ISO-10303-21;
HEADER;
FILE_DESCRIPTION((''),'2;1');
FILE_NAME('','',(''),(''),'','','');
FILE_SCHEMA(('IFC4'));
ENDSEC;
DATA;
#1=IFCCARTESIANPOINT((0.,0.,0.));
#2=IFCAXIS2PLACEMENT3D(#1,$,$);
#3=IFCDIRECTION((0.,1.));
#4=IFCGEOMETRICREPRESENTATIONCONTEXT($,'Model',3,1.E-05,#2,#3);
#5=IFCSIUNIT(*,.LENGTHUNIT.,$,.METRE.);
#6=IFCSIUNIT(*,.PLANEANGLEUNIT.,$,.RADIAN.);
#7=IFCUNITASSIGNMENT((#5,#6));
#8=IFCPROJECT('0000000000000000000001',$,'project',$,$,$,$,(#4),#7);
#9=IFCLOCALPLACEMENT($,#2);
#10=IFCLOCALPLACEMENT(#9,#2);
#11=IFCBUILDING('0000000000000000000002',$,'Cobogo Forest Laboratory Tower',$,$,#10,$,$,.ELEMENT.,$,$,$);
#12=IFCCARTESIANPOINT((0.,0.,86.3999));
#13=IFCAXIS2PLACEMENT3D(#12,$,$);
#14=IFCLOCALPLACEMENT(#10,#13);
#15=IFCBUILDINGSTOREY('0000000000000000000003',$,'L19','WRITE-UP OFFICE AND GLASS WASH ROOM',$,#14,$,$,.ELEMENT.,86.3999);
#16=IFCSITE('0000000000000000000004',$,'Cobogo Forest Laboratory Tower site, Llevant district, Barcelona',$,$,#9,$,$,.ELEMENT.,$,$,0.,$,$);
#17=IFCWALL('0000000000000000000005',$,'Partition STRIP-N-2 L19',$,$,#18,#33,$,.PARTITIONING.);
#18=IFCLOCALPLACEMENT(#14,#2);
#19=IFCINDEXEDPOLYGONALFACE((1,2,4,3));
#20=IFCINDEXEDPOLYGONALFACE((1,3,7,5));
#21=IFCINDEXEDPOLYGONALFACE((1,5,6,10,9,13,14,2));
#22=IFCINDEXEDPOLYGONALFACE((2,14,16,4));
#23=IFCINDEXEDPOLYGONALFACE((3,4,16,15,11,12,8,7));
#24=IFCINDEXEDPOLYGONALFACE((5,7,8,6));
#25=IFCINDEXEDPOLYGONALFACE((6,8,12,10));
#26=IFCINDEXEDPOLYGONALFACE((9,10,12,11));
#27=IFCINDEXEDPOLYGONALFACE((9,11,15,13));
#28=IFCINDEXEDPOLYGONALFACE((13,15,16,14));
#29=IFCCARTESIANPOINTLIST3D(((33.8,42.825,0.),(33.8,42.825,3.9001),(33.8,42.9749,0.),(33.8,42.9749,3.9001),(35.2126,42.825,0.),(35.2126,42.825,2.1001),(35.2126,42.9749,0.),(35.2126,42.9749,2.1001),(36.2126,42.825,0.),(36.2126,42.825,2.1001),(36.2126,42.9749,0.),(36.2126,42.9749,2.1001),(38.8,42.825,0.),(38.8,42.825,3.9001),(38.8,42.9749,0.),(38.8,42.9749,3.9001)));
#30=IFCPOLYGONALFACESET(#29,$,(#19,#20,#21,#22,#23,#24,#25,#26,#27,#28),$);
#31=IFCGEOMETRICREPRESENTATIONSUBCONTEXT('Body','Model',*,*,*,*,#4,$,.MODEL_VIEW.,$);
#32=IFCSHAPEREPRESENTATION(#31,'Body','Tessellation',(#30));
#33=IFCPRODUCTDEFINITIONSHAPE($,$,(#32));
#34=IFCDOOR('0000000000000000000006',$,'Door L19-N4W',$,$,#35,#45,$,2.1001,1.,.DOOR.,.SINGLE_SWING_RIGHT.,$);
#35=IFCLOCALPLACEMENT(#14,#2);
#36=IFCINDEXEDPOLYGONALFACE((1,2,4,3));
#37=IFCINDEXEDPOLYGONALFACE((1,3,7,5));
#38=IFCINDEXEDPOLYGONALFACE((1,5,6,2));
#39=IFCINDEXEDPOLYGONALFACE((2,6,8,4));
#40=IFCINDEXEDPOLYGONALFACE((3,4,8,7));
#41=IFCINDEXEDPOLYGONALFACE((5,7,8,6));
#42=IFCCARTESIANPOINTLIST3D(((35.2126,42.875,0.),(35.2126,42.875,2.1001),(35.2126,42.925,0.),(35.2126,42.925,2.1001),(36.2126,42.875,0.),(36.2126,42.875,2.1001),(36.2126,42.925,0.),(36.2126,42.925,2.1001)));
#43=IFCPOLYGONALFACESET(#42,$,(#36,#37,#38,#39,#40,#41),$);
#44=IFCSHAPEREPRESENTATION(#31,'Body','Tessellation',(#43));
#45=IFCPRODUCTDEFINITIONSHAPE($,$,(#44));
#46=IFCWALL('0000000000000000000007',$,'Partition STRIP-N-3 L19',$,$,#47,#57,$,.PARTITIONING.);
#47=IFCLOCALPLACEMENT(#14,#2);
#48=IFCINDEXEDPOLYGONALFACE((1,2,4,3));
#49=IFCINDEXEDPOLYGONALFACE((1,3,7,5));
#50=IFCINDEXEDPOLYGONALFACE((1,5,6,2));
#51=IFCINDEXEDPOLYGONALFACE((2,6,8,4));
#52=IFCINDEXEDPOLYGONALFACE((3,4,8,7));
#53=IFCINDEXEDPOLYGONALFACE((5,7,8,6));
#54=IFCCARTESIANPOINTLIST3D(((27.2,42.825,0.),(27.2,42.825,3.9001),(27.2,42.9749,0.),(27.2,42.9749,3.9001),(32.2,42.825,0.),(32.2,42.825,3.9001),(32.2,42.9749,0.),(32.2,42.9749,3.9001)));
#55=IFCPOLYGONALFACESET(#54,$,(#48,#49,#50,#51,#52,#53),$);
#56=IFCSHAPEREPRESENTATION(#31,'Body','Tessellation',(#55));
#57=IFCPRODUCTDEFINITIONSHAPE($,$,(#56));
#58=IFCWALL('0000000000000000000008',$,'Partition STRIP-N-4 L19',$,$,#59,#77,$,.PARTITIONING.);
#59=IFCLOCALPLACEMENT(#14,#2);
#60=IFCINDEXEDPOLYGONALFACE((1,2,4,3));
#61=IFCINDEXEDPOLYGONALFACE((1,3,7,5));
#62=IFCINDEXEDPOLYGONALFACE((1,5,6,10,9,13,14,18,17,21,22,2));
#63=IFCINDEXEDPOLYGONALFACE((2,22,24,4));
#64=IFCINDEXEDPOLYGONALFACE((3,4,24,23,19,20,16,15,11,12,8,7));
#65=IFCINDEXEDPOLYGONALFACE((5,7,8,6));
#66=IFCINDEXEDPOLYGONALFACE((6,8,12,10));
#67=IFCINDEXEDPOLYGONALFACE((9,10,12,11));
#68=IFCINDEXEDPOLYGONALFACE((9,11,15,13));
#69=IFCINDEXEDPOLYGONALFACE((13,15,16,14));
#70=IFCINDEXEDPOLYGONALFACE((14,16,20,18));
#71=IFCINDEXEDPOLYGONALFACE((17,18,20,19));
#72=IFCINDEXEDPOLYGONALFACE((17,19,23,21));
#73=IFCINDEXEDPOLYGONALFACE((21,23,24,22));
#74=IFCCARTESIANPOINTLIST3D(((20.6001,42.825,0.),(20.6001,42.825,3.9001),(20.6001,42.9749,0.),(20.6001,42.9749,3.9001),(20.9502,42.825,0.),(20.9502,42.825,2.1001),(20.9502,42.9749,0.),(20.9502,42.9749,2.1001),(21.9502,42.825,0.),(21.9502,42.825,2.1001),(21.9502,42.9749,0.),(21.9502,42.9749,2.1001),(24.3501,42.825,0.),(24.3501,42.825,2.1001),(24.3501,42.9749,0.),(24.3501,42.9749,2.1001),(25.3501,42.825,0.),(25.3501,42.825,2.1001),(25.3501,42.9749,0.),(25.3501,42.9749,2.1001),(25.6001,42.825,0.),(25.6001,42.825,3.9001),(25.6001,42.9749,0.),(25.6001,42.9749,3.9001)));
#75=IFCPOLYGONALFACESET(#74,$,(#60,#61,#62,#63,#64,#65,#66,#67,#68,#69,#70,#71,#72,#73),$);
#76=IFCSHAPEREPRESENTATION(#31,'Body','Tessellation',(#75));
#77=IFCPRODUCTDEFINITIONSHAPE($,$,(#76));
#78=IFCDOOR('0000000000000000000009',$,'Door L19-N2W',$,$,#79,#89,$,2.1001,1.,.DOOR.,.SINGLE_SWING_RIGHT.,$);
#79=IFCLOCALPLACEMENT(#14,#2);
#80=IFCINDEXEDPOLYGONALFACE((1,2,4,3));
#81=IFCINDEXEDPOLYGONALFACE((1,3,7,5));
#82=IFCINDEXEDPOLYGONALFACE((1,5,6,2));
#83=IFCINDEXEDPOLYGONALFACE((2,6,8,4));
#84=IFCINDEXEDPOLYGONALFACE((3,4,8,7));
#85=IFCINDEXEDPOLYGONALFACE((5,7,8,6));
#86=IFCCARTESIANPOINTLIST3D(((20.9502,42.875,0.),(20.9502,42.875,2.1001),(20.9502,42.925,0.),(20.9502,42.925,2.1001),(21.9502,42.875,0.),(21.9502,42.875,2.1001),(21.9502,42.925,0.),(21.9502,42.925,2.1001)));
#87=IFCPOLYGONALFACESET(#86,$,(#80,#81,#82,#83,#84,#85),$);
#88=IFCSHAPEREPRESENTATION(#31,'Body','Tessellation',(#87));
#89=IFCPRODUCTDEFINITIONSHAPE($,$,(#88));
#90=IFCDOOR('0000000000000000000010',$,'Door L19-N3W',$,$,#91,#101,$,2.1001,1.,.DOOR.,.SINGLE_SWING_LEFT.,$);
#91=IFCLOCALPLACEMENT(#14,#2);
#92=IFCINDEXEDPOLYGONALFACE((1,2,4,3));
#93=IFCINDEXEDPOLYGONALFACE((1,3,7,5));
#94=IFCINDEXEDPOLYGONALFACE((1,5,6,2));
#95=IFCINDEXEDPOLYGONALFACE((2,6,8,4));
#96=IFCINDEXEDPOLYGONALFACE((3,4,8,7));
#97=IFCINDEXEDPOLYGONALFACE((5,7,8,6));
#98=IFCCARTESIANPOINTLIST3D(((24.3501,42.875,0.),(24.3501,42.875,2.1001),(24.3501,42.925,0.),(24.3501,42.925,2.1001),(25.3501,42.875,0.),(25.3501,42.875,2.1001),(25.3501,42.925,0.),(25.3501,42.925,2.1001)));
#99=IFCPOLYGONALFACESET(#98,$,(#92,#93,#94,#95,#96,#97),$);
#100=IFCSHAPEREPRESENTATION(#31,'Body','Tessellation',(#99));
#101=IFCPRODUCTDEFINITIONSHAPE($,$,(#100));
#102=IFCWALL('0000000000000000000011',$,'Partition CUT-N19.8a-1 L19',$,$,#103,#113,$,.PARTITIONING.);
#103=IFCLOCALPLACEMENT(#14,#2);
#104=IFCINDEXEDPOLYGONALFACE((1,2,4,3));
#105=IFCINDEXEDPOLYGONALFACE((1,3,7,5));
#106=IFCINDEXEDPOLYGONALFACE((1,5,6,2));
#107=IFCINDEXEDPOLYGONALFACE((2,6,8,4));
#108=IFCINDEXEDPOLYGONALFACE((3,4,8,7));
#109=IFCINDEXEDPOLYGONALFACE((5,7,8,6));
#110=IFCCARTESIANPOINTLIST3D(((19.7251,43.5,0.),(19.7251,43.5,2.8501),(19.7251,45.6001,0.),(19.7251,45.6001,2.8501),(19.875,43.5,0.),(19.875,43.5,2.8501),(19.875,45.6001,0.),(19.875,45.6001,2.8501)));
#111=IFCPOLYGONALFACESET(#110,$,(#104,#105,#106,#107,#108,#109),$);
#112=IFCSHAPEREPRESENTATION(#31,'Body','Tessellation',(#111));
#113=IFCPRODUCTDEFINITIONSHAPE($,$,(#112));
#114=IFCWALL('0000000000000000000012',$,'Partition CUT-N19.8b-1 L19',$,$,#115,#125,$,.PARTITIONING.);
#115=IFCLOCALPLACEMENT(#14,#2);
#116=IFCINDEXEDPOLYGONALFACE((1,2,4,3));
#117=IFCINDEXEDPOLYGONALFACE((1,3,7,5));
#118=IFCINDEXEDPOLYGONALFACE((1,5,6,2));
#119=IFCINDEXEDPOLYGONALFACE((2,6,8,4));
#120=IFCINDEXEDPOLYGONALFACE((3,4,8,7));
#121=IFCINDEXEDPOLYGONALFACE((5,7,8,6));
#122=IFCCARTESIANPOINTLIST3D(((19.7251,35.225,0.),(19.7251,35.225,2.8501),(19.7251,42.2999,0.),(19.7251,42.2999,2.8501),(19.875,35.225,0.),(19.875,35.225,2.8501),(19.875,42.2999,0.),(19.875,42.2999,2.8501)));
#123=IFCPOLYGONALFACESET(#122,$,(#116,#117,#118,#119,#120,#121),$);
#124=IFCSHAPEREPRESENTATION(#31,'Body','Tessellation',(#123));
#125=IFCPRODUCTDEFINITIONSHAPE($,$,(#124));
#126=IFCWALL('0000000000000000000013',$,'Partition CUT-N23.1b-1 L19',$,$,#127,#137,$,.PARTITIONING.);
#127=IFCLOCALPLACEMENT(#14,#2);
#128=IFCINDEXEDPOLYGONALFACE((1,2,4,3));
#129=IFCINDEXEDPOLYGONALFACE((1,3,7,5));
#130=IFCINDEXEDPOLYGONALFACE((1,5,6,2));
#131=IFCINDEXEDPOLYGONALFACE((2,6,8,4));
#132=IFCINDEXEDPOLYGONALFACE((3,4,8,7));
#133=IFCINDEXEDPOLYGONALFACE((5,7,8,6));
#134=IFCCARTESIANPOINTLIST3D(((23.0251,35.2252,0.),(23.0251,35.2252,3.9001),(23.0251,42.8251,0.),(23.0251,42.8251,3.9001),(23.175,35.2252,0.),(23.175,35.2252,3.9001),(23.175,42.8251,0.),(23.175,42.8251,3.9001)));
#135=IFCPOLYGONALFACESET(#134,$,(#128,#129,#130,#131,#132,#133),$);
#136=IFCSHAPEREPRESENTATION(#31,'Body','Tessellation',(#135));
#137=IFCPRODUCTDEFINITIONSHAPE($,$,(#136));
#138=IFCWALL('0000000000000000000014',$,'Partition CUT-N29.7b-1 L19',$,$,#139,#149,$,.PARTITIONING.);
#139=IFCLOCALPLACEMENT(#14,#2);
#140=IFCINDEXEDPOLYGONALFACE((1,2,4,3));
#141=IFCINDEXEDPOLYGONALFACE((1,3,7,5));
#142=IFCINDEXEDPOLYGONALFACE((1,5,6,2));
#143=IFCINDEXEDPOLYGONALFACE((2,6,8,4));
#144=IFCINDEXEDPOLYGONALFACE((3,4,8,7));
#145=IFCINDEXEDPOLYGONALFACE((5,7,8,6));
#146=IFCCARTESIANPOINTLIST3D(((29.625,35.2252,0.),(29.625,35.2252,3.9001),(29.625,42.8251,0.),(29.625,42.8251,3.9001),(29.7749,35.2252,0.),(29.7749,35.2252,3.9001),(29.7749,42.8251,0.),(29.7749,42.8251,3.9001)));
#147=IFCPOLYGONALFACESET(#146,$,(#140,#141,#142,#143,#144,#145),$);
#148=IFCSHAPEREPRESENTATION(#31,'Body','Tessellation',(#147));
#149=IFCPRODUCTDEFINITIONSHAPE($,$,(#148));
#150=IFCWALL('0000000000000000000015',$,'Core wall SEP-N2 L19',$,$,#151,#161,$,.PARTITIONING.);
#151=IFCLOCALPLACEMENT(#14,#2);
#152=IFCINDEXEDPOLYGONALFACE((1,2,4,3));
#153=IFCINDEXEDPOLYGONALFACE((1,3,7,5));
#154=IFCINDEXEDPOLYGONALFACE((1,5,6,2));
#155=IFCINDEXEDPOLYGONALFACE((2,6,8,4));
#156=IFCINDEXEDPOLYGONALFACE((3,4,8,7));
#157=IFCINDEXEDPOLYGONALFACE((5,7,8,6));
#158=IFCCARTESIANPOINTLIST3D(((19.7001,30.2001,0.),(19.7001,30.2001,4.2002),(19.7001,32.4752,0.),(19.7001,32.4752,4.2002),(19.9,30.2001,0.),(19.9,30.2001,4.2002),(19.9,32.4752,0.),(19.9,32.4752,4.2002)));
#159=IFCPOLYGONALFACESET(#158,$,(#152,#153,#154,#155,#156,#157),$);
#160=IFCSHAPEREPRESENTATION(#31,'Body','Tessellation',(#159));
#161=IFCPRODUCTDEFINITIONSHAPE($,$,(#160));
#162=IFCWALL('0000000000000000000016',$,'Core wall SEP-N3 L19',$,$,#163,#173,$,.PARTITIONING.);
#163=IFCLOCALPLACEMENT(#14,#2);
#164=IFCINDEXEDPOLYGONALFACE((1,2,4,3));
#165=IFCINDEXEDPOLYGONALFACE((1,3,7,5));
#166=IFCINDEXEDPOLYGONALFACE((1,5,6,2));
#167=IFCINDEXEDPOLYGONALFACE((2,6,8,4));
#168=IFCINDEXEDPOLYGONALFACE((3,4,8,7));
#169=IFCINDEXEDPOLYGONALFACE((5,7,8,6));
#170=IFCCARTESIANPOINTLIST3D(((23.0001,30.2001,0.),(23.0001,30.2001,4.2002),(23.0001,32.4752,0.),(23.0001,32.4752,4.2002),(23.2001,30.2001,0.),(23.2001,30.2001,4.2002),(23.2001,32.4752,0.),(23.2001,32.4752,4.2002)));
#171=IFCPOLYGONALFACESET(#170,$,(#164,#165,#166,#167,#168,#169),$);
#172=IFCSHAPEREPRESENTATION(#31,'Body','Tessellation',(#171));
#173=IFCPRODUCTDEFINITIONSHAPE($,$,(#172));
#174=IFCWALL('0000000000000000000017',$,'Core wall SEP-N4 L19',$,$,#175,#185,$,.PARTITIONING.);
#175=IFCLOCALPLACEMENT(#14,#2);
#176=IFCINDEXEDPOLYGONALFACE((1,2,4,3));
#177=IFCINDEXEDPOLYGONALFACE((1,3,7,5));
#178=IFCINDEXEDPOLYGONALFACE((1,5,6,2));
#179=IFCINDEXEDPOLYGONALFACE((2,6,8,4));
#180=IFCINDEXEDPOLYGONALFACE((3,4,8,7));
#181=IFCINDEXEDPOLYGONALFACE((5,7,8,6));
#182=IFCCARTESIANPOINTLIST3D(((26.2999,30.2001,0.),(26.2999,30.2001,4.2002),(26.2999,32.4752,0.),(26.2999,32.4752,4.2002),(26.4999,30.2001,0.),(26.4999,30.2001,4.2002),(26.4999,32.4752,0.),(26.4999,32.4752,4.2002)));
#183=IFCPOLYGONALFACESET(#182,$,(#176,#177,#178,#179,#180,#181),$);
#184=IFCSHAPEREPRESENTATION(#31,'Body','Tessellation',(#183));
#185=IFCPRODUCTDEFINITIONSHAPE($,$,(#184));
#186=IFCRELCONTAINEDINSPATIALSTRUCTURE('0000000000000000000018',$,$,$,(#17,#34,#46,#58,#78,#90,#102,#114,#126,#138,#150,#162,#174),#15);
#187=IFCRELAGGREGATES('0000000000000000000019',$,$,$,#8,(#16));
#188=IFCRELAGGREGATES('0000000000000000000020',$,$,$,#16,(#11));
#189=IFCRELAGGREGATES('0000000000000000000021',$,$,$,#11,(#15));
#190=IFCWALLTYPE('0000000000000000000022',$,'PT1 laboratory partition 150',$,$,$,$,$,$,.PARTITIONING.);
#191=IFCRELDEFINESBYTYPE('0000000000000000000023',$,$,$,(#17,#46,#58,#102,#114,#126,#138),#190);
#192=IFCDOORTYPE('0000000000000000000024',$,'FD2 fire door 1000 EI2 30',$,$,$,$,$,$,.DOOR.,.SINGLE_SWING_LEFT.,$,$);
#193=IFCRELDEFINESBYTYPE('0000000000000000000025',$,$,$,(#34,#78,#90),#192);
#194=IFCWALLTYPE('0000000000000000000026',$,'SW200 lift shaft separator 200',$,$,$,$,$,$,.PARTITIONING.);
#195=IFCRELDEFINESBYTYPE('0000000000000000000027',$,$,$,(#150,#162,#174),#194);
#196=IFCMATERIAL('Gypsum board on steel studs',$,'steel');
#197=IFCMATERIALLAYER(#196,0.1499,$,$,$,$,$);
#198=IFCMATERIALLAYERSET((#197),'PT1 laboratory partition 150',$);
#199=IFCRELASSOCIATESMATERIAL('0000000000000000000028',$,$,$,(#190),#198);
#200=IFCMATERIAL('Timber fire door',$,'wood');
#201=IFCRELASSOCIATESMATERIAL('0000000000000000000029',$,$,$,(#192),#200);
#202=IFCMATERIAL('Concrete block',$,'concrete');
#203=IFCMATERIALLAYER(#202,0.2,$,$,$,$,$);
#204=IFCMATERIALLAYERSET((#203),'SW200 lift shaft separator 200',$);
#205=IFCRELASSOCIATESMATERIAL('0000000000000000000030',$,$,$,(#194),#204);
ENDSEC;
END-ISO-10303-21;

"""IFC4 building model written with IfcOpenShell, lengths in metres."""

from ifc_helpers import new_model, si_unit, direction, frame, frame_2d, origin, place, context, subcontext, project, spatial, rectangle, extrude, material, layer, layer_set, type_object, element, fill, save


model = new_model("IFC4")

# Units and contexts
model_context = context("Model", 3, precision=1e-05, world=origin(), true_north=direction((0.0, 1.0)))
body_context = subcontext(model_context, "Body", "Model", "MODEL_VIEW")
ifc_project = project(units=[si_unit("LENGTHUNIT", "METRE"), si_unit("PLANEANGLEUNIT", "RADIAN")], contexts=[model_context])

# Site, building, storey
site_placement = place(None, origin())
site = spatial("IfcSite", under=ifc_project, at=site_placement, Name="Cobogo Forest Laboratory Tower site, Llevant district, Barcelona", CompositionType="ELEMENT", RefElevation=0.0)
building_placement = place(site_placement, origin())
building = spatial("IfcBuilding", under=site, at=building_placement, Name="Cobogo Forest Laboratory Tower", CompositionType="ELEMENT")
storey_placement = place(building_placement, frame((0.0, 0.0, 86.3999)))
storey = spatial("IfcBuildingStorey", under=building, at=storey_placement, Name="L19", Description="WRITE-UP OFFICE AND GLASS WASH ROOM", CompositionType="ELEMENT", Elevation=86.3999)

# Wall, opening, door
ifc_material_1 = material(Name="Gypsum board on steel studs", Category="steel")
ifc_layer_1 = layer(ifc_material_1, 0.1499)
ifc_layer_set_1 = layer_set([ifc_layer_1], Name="PT1 laboratory partition 150")
wall_type_1 = type_object("IfcWallType", Name="PT1 laboratory partition 150", PredefinedType="PARTITIONING", material=ifc_layer_set_1)
wall_1_placement = place(storey_placement, frame((38.8, 42.8999, 0.0), z_axis=(0.0, 0.0, 1.0), x_axis=(-1.0, 0.0, 0.0)))
wall_1 = element("IfcWall", 1, at=wall_1_placement, inside=storey, type_object=wall_type_1, Name="Partition STRIP-N-2 L19", PredefinedType="PARTITIONING", context=body_context, shape_type="SweptSolid", body=[
    extrude(rectangle(XDim=5.0, YDim=0.1499, at=frame_2d((2.5, 0.0))), origin(), (0.0, 0.0, 1.0), 3.9001),
])
opening_1_placement = place(wall_1_placement, frame((2.5874, 0.0, 0.0)))
opening_1 = element("IfcOpeningElement", 2, at=opening_1_placement, cuts=wall_1, PredefinedType="OPENING", context=body_context, shape_type="SweptSolid", body=[
    extrude(rectangle(XDim=1.0, YDim=2.1001, at=frame_2d((0.5, 1.05))), frame((0.0, 0.085, 0.0), z_axis=(0.0, -1.0, 0.0), x_axis=(1.0, 0.0, 0.0)), (0.0, 0.0, 1.0), 0.1699),
])
ifc_material_2 = material(Name="Timber fire door", Category="wood")
door_type = type_object("IfcDoorType", Name="FD2 fire door 1000 EI2 30", OperationType="SINGLE_SWING_LEFT", PredefinedType="DOOR", material=ifc_material_2)
door_1_placement = place(opening_1_placement, origin())
door_1 = element("IfcDoor", 3, at=door_1_placement, inside=storey, type_object=door_type, Name="Door L19-N4W", OperationType="SINGLE_SWING_RIGHT", OverallHeight=2.1001, OverallWidth=1.0, PredefinedType="DOOR", context=body_context, shape_type="SweptSolid", body=[
    extrude(rectangle(XDim=1.0, YDim=2.1001, at=frame_2d((0.5, 1.05))), frame((0.0, 0.0249, 0.0), z_axis=(0.0, -1.0, 0.0), x_axis=(1.0, 0.0, 0.0)), (0.0, 0.0, 1.0), 0.05),
])
fill(opening_1, door_1)

# Wall
wall_2_placement = place(storey_placement, frame((32.2, 42.8999, 0.0), z_axis=(0.0, 0.0, 1.0), x_axis=(-1.0, 0.0, 0.0)))
element("IfcWall", 4, at=wall_2_placement, inside=storey, type_object=wall_type_1, Name="Partition STRIP-N-3 L19", PredefinedType="PARTITIONING", context=body_context, shape_type="SweptSolid", body=[
    extrude(rectangle(XDim=5.0, YDim=0.1499, at=frame_2d((2.5, 0.0))), origin(), (0.0, 0.0, 1.0), 3.9001),
])

# Wall, openings, doors
wall_3_placement = place(storey_placement, frame((25.6001, 42.8999, 0.0), z_axis=(0.0, 0.0, 1.0), x_axis=(-1.0, 0.0, 0.0)))
wall_3 = element("IfcWall", 5, at=wall_3_placement, inside=storey, type_object=wall_type_1, Name="Partition STRIP-N-4 L19", PredefinedType="PARTITIONING", context=body_context, shape_type="SweptSolid", body=[
    extrude(rectangle(XDim=5.0, YDim=0.1499, at=frame_2d((2.5, 0.0))), origin(), (0.0, 0.0, 1.0), 3.9001),
])
opening_2_placement = place(wall_3_placement, frame((3.6499, 0.0, 0.0)))
opening_2 = element("IfcOpeningElement", 6, at=opening_2_placement, cuts=wall_3, PredefinedType="OPENING", context=body_context, shape_type="SweptSolid", body=[
    extrude(rectangle(XDim=1.0, YDim=2.1001, at=frame_2d((0.5, 1.05))), frame((0.0, 0.085, 0.0), z_axis=(0.0, -1.0, 0.0), x_axis=(1.0, 0.0, 0.0)), (0.0, 0.0, 1.0), 0.1699),
])
opening_3_placement = place(wall_3_placement, frame((0.25, 0.0, 0.0)))
opening_3 = element("IfcOpeningElement", 7, at=opening_3_placement, cuts=wall_3, PredefinedType="OPENING", context=body_context, shape_type="SweptSolid", body=[
    extrude(rectangle(XDim=1.0, YDim=2.1001, at=frame_2d((0.5, 1.05))), frame((0.0, 0.085, 0.0), z_axis=(0.0, -1.0, 0.0), x_axis=(1.0, 0.0, 0.0)), (0.0, 0.0, 1.0), 0.1699),
])
door_2_placement = place(opening_2_placement, origin())
door_2 = element("IfcDoor", 8, at=door_2_placement, inside=storey, type_object=door_type, Name="Door L19-N2W", OperationType="SINGLE_SWING_RIGHT", OverallHeight=2.1001, OverallWidth=1.0, PredefinedType="DOOR", context=body_context, shape_type="SweptSolid", body=[
    extrude(rectangle(XDim=1.0, YDim=2.1001, at=frame_2d((0.5, 1.05))), frame((0.0, 0.0249, 0.0), z_axis=(0.0, -1.0, 0.0), x_axis=(1.0, 0.0, 0.0)), (0.0, 0.0, 1.0), 0.05),
])
fill(opening_2, door_2)
door_3_placement = place(opening_3_placement, origin())
door_3 = element("IfcDoor", 9, at=door_3_placement, inside=storey, type_object=door_type, Name="Door L19-N3W", OperationType="SINGLE_SWING_LEFT", OverallHeight=2.1001, OverallWidth=1.0, PredefinedType="DOOR", context=body_context, shape_type="SweptSolid", body=[
    extrude(rectangle(XDim=1.0, YDim=2.1001, at=frame_2d((0.5, 1.05))), frame((0.0, 0.0249, 0.0), z_axis=(0.0, -1.0, 0.0), x_axis=(1.0, 0.0, 0.0)), (0.0, 0.0, 1.0), 0.05),
])
fill(opening_3, door_3)

# Walls
wall_4_placement = place(storey_placement, frame((19.8, 45.6001, 0.0), z_axis=(0.0, 0.0, 1.0), x_axis=(0.0, -1.0, 0.0)))
element("IfcWall", 10, at=wall_4_placement, inside=storey, type_object=wall_type_1, Name="Partition CUT-N19.8a-1 L19", PredefinedType="PARTITIONING", context=body_context, shape_type="SweptSolid", body=[
    extrude(rectangle(XDim=2.1001, YDim=0.1499, at=frame_2d((1.05, 0.0))), origin(), (0.0, 0.0, 1.0), 2.8501),
])
wall_5_placement = place(storey_placement, frame((19.8, 42.3, 0.0), z_axis=(0.0, 0.0, 1.0), x_axis=(0.0, -1.0, 0.0)))
element("IfcWall", 11, at=wall_5_placement, inside=storey, type_object=wall_type_1, Name="Partition CUT-N19.8b-1 L19", PredefinedType="PARTITIONING", context=body_context, shape_type="SweptSolid", body=[
    extrude(rectangle(XDim=7.075, YDim=0.1499, at=frame_2d((3.5376, 0.0))), origin(), (0.0, 0.0, 1.0), 2.8501),
])
for number, where, z_axis, x_axis, name in (
    (12, (23.1001, 42.825, 0.0), (0.0, 0.0, 1.0), (0.0, -1.0, 0.0), "Partition CUT-N23.1b-1 L19"),
    (13, (29.7, 42.825, 0.0), (0.0, 0.0, 1.0), (0.0, -1.0, 0.0), "Partition CUT-N29.7b-1 L19"),
):
    element("IfcWall", number, at=place(storey_placement, frame(where, z_axis=z_axis, x_axis=x_axis)), inside=storey, type_object=wall_type_1, Name=name, PredefinedType="PARTITIONING", context=body_context, shape_type="SweptSolid", body=[
        extrude(rectangle(XDim=7.5999, YDim=0.1499, at=frame_2d((3.7998, 0.0))), origin(), (0.0, 0.0, 1.0), 3.9001),
    ])
ifc_material_3 = material(Name="Concrete block", Category="concrete")
ifc_layer_2 = layer(ifc_material_3, 0.2)
ifc_layer_set_2 = layer_set([ifc_layer_2], Name="SW200 lift shaft separator 200")
wall_type_2 = type_object("IfcWallType", Name="SW200 lift shaft separator 200", PredefinedType="PARTITIONING", material=ifc_layer_set_2)
for number, where, z_axis, x_axis, name in (
    (14, (19.8, 30.2, 0.0), (0.0, 0.0, 1.0), (0.0, 1.0, 0.0), "Core wall SEP-N2 L19"),
    (15, (23.1001, 30.2, 0.0), (0.0, 0.0, 1.0), (0.0, 1.0, 0.0), "Core wall SEP-N3 L19"),
    (16, (26.3999, 30.2, 0.0), (0.0, 0.0, 1.0), (0.0, 1.0, 0.0), "Core wall SEP-N4 L19"),
):
    element("IfcWall", number, at=place(storey_placement, frame(where, z_axis=z_axis, x_axis=x_axis)), inside=storey, type_object=wall_type_2, Name=name, PredefinedType="PARTITIONING", context=body_context, shape_type="SweptSolid", body=[
        extrude(rectangle(XDim=2.2751, YDim=0.2, at=frame_2d((1.1377, 0.0))), origin(), (0.0, 0.0, 1.0), 4.2002),
    ])

save(model, "model.ifc")
